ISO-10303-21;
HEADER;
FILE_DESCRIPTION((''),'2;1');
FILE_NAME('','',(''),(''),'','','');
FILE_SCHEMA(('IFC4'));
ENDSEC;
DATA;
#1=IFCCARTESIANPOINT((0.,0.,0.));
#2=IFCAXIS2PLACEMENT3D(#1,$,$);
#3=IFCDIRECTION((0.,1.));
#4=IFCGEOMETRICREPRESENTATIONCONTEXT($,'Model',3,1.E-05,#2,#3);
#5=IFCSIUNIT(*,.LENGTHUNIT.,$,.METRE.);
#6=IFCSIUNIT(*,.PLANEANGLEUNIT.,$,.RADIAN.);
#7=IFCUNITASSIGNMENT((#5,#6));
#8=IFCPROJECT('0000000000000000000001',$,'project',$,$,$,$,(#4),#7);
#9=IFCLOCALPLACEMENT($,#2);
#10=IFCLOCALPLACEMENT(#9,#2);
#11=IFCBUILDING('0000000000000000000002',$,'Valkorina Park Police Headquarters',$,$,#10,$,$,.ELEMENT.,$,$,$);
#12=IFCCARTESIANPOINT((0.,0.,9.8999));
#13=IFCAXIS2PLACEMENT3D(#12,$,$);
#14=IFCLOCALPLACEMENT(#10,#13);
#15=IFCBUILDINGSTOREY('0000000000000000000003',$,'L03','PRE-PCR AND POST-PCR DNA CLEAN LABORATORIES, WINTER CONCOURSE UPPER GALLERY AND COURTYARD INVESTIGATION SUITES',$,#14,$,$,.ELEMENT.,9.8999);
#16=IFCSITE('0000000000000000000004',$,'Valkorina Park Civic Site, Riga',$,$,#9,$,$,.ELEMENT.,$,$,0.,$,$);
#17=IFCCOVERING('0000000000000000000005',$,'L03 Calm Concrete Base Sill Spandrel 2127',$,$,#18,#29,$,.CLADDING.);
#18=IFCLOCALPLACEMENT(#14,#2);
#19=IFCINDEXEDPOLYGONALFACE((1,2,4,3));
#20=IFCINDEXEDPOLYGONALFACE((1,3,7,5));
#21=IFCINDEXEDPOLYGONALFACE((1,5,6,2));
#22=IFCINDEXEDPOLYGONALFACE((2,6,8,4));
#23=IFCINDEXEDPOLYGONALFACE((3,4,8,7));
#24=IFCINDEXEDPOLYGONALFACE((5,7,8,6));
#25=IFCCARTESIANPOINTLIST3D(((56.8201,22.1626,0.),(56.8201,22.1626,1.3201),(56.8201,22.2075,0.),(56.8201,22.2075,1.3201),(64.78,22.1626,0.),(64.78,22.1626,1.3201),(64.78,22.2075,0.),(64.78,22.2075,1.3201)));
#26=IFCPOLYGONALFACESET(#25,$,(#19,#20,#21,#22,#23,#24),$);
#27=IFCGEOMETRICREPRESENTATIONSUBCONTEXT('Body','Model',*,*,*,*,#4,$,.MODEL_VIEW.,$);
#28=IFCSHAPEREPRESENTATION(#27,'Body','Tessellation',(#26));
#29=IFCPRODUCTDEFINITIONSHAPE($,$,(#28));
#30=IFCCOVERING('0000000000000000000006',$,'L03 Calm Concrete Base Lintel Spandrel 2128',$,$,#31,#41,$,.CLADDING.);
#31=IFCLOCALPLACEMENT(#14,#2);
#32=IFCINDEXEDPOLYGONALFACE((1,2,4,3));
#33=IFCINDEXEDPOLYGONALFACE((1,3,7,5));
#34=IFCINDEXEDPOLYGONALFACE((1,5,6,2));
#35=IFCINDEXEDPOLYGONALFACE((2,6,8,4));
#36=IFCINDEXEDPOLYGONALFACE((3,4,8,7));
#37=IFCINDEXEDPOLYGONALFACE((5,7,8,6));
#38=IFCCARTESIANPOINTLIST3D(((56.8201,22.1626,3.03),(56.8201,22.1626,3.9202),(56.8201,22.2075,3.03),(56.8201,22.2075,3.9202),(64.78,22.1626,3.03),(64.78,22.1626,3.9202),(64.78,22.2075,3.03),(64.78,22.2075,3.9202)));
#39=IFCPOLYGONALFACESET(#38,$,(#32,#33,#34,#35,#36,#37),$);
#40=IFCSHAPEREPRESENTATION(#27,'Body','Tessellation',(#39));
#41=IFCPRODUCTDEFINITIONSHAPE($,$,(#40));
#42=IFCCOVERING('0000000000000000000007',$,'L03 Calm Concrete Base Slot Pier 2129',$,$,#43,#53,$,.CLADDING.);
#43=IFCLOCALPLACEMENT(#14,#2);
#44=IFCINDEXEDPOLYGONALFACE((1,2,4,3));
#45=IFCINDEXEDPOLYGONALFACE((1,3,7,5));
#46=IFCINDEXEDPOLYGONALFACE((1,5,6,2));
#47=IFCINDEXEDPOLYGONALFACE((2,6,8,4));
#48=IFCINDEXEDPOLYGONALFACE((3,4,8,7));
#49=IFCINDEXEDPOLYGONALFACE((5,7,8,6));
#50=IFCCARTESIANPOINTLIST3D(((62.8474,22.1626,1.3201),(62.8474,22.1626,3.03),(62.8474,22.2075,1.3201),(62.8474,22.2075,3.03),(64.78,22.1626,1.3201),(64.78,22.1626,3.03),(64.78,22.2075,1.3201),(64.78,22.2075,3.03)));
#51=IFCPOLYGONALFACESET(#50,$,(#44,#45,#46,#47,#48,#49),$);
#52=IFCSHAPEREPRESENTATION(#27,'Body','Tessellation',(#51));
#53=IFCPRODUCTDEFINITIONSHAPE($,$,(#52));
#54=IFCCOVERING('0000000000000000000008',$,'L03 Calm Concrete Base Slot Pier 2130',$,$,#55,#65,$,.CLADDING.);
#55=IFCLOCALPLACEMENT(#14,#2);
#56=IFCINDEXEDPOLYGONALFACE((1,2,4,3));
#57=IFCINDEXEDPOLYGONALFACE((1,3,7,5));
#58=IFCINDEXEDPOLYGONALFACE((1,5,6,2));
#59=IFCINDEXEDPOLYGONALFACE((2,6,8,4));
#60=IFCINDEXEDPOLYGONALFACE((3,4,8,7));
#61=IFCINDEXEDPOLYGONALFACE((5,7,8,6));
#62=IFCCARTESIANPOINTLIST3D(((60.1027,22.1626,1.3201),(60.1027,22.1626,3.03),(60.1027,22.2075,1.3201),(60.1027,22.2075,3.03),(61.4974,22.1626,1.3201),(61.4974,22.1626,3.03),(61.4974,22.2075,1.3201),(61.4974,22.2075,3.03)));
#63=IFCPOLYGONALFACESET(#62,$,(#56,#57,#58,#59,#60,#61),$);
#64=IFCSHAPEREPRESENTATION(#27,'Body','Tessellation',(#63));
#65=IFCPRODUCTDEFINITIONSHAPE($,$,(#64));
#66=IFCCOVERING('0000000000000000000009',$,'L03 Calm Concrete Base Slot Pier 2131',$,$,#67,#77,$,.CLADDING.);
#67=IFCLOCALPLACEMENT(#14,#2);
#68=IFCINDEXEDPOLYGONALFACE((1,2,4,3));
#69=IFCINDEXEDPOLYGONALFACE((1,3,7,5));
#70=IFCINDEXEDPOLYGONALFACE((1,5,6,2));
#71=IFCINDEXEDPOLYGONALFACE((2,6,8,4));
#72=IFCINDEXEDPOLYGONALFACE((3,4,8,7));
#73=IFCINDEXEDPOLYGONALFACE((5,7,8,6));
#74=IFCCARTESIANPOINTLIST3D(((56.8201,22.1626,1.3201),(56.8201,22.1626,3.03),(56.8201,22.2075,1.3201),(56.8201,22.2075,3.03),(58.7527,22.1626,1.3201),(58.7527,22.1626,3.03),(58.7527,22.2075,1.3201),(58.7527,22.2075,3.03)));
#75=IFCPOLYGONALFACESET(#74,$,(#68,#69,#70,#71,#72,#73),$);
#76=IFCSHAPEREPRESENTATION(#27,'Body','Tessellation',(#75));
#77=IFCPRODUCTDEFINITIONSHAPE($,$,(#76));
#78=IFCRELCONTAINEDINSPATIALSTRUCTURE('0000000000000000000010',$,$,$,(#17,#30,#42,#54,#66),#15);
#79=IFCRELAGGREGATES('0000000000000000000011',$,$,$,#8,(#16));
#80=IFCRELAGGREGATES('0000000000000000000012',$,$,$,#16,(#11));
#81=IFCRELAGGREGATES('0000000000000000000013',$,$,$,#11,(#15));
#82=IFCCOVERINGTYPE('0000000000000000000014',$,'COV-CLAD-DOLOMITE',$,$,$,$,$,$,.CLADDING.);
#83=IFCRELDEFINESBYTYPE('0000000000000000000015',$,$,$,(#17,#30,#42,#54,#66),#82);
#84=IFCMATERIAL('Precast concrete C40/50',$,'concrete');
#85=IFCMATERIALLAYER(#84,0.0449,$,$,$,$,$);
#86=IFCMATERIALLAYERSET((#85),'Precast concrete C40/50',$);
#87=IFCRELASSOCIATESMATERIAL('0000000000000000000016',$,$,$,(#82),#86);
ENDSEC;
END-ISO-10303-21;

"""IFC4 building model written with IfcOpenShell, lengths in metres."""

from ifc_helpers import new_model, si_unit, direction, frame, frame_2d, origin, place, context, subcontext, project, spatial, rectangle, extrude, material, layer, layer_set, type_object, element, save


model = new_model("IFC4")

# Units and contexts
model_context = context("Model", 3, precision=1e-05, world=origin(), true_north=direction((0.0, 1.0)))
body_context = subcontext(model_context, "Body", "Model", "MODEL_VIEW")
ifc_project = project(units=[si_unit("LENGTHUNIT", "METRE"), si_unit("PLANEANGLEUNIT", "RADIAN")], contexts=[model_context])

# Site, building, storey
site_placement = place(None, origin())
site = spatial("IfcSite", under=ifc_project, at=site_placement, Name="Valkorina Park Civic Site, Riga", CompositionType="ELEMENT", RefElevation=0.0)
building_placement = place(site_placement, origin())
building = spatial("IfcBuilding", under=site, at=building_placement, Name="Valkorina Park Police Headquarters", CompositionType="ELEMENT")
storey_placement = place(building_placement, frame((0.0, 0.0, 9.8999)))
storey = spatial("IfcBuildingStorey", under=building, at=storey_placement, Name="L03", Description="PRE-PCR AND POST-PCR DNA CLEAN LABORATORIES, WINTER CONCOURSE UPPER GALLERY AND COURTYARD INVESTIGATION SUITES", CompositionType="ELEMENT", Elevation=9.8999)

# Coverings
ifc_material_1 = material(Name="Precast concrete C40/50", Category="concrete")
ifc_layer_1 = layer(ifc_material_1, 0.0449)
ifc_layer_set_1 = layer_set([ifc_layer_1], Name="Precast concrete C40/50")
covering_type = type_object("IfcCoveringType", Name="COV-CLAD-DOLOMITE", PredefinedType="CLADDING", material=ifc_layer_set_1)
covering_1_placement = place(storey_placement, frame((64.78, 22.1851, 0.0), z_axis=(0.0, 0.0, 1.0), x_axis=(-1.0, 0.0, 0.0)))
element("IfcCovering", 1, at=covering_1_placement, inside=storey, type_object=covering_type, Name="L03 Calm Concrete Base Sill Spandrel 2127", PredefinedType="CLADDING", context=body_context, shape_type="SweptSolid", body=[
    extrude(rectangle(XDim=7.96, YDim=0.0449, at=frame_2d((3.98, 0.0))), origin(), (0.0, 0.0, 1.0), 1.3201),
])
covering_2_placement = place(storey_placement, frame((64.78, 22.1851, 3.03), z_axis=(0.0, 0.0, 1.0), x_axis=(-1.0, 0.0, 0.0)))
element("IfcCovering", 2, at=covering_2_placement, inside=storey, type_object=covering_type, Name="L03 Calm Concrete Base Lintel Spandrel 2128", PredefinedType="CLADDING", context=body_context, shape_type="SweptSolid", body=[
    extrude(rectangle(XDim=7.96, YDim=0.0449, at=frame_2d((3.98, 0.0))), origin(), (0.0, 0.0, 1.0), 0.8901),
])
covering_3_placement = place(storey_placement, frame((64.78, 22.1851, 1.3201), z_axis=(0.0, 0.0, 1.0), x_axis=(-1.0, 0.0, 0.0)))
element("IfcCovering", 3, at=covering_3_placement, inside=storey, type_object=covering_type, Name="L03 Calm Concrete Base Slot Pier 2129", PredefinedType="CLADDING", context=body_context, shape_type="SweptSolid", body=[
    extrude(rectangle(XDim=1.9326, YDim=0.0449, at=frame_2d((0.9663, 0.0))), origin(), (0.0, 0.0, 1.0), 1.71),
])
covering_4_placement = place(storey_placement, frame((61.4973, 22.1851, 1.3201), z_axis=(0.0, 0.0, 1.0), x_axis=(-1.0, 0.0, 0.0)))
element("IfcCovering", 4, at=covering_4_placement, inside=storey, type_object=covering_type, Name="L03 Calm Concrete Base Slot Pier 2130", PredefinedType="CLADDING", context=body_context, shape_type="SweptSolid", body=[
    extrude(rectangle(XDim=1.3948, YDim=0.0449, at=frame_2d((0.6973, 0.0))), origin(), (0.0, 0.0, 1.0), 1.71),
])
covering_5_placement = place(storey_placement, frame((58.7527, 22.1851, 1.3201), z_axis=(0.0, 0.0, 1.0), x_axis=(-1.0, 0.0, 0.0)))
element("IfcCovering", 5, at=covering_5_placement, inside=storey, type_object=covering_type, Name="L03 Calm Concrete Base Slot Pier 2131", PredefinedType="CLADDING", context=body_context, shape_type="SweptSolid", body=[
    extrude(rectangle(XDim=1.9326, YDim=0.0449, at=frame_2d((0.9663, 0.0))), origin(), (0.0, 0.0, 1.0), 1.71),
])

save(model, "model.ifc")
